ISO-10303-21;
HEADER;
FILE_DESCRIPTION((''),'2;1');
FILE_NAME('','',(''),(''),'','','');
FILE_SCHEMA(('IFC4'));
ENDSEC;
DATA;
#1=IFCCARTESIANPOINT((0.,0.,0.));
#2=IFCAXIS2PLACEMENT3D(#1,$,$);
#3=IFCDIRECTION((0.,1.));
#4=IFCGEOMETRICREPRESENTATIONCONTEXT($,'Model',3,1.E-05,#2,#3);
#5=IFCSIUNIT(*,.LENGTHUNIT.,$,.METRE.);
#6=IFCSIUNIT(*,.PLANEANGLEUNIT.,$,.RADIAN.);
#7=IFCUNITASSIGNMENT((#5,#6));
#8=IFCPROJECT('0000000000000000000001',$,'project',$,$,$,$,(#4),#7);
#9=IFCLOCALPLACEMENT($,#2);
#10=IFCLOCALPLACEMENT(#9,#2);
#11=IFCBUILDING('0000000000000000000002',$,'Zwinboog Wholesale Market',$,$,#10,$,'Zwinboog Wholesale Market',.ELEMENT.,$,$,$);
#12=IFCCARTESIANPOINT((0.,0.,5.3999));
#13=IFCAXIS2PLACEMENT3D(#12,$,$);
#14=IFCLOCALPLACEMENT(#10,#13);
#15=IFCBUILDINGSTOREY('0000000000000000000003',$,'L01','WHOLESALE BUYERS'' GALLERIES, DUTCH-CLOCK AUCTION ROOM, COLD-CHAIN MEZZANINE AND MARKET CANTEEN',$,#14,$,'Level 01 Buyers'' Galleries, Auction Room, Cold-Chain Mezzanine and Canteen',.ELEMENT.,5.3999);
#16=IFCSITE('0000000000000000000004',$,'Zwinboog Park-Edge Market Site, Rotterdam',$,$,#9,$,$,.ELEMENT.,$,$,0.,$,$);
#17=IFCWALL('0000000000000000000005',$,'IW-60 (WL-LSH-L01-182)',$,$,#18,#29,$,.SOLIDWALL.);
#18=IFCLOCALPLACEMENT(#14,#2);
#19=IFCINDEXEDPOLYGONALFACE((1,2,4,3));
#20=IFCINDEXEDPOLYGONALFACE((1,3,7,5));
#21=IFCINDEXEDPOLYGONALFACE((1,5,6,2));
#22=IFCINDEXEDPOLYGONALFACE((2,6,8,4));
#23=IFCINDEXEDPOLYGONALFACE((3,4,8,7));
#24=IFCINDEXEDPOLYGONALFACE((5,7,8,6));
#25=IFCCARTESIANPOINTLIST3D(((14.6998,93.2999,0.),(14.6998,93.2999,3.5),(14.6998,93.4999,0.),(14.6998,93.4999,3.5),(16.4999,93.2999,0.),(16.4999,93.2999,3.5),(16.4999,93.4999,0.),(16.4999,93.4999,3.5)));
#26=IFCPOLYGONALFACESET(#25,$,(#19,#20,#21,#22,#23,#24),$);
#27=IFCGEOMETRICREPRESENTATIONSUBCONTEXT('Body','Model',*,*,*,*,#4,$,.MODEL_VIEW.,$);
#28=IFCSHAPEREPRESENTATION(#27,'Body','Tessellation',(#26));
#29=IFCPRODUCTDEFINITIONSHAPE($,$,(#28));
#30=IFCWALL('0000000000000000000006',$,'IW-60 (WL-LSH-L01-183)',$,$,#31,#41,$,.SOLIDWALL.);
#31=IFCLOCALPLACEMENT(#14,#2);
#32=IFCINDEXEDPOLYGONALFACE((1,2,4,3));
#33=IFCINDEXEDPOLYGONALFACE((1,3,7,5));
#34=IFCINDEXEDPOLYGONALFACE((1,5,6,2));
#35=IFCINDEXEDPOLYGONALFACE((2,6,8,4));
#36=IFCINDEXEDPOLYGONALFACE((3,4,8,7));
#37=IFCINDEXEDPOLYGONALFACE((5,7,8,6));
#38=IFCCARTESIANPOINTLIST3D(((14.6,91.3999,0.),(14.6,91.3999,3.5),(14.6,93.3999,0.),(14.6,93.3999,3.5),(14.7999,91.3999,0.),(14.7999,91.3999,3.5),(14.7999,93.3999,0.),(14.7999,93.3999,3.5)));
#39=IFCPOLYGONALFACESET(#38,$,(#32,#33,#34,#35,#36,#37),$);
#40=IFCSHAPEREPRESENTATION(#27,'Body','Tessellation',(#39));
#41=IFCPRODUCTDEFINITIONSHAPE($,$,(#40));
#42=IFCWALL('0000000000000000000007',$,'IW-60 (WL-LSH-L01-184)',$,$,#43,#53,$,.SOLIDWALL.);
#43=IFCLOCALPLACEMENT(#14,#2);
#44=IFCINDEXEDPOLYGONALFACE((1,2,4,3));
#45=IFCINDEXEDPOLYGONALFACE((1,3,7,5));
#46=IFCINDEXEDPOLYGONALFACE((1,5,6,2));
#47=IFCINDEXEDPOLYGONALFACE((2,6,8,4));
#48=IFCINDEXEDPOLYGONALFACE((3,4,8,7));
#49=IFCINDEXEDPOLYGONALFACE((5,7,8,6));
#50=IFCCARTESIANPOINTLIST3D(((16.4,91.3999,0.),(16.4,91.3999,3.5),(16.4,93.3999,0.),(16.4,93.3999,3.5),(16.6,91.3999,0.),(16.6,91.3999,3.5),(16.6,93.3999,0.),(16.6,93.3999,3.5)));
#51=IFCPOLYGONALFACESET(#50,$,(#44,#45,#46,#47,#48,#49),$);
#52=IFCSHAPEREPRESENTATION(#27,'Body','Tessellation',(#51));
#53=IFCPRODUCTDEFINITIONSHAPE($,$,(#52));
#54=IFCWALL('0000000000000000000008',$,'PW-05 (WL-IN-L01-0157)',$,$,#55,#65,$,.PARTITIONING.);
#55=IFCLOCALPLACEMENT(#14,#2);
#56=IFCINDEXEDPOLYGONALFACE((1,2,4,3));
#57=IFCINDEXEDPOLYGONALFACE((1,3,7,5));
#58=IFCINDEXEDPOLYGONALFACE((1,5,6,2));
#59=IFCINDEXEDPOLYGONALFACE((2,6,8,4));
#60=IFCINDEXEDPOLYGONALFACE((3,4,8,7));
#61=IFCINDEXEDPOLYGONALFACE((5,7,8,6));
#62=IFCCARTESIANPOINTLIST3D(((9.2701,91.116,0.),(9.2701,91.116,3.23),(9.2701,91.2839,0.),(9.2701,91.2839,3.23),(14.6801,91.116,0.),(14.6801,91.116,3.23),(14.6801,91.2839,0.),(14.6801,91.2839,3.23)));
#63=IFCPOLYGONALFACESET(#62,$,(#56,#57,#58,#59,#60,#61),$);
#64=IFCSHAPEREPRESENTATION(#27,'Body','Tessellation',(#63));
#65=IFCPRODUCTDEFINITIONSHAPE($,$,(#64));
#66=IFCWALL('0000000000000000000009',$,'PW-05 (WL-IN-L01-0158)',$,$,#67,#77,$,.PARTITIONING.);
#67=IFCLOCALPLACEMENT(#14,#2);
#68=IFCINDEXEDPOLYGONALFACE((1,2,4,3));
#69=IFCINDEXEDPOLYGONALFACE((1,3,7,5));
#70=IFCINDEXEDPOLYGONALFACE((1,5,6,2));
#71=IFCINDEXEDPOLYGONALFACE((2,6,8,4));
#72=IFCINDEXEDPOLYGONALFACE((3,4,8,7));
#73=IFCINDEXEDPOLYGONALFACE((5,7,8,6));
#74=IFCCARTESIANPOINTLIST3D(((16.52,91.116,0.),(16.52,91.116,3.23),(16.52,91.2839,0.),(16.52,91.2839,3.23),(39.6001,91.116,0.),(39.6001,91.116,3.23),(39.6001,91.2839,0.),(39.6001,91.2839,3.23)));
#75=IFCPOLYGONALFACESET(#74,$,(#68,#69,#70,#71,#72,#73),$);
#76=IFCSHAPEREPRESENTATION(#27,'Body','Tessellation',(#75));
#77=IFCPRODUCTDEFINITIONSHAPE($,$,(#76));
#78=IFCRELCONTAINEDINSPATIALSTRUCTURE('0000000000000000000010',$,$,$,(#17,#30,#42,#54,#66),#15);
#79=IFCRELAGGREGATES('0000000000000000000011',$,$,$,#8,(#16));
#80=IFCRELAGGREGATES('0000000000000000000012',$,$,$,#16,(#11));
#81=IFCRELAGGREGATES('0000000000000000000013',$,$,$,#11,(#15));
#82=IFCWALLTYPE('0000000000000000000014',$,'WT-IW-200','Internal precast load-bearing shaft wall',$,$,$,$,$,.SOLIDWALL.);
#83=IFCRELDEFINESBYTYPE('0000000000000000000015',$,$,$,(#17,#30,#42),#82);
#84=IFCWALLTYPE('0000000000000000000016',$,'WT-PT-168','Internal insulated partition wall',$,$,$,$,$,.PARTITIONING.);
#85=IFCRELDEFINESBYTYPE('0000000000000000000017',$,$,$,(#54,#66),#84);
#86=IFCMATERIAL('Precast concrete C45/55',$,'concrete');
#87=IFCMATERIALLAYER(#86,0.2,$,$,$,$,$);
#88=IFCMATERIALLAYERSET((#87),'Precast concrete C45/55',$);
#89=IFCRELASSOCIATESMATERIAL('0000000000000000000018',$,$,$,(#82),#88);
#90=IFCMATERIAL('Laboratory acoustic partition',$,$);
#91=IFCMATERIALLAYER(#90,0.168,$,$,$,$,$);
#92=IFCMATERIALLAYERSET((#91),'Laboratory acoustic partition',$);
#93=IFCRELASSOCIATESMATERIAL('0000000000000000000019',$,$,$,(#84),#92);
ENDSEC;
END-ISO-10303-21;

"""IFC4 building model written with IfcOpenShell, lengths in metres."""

from ifc_helpers import new_model, si_unit, direction, frame, frame_2d, origin, place, context, subcontext, project, spatial, rectangle, extrude, material, layer, layer_set, type_object, element, save


model = new_model("IFC4")

# Units and contexts
model_context = context("Model", 3, precision=1e-05, world=origin(), true_north=direction((0.0, 1.0)))
body_context = subcontext(model_context, "Body", "Model", "MODEL_VIEW")
ifc_project = project(units=[si_unit("LENGTHUNIT", "METRE"), si_unit("PLANEANGLEUNIT", "RADIAN")], contexts=[model_context])

# Site, building, storey
site_placement = place(None, origin())
site = spatial("IfcSite", under=ifc_project, at=site_placement, Name="Zwinboog Park-Edge Market Site, Rotterdam", CompositionType="ELEMENT", RefElevation=0.0)
building_placement = place(site_placement, origin())
building = spatial("IfcBuilding", under=site, at=building_placement, Name="Zwinboog Wholesale Market", LongName="Zwinboog Wholesale Market", CompositionType="ELEMENT")
storey_placement = place(building_placement, frame((0.0, 0.0, 5.3999)))
storey = spatial("IfcBuildingStorey", under=building, at=storey_placement, Name="L01", Description="WHOLESALE BUYERS' GALLERIES, DUTCH-CLOCK AUCTION ROOM, COLD-CHAIN MEZZANINE AND MARKET CANTEEN", LongName="Level 01 Buyers' Galleries, Auction Room, Cold-Chain Mezzanine and Canteen", CompositionType="ELEMENT", Elevation=5.3999)

# Shared definitions
ifc_material_1 = material(Name="Precast concrete C45/55", Category="concrete")

# Shared definitions
ifc_layer_1 = layer(ifc_material_1, 0.2)
ifc_layer_set_1 = layer_set([ifc_layer_1], Name="Precast concrete C45/55")
wall_type_1 = type_object("IfcWallType", Name="WT-IW-200", Description="Internal precast load-bearing shaft wall", PredefinedType="SOLIDWALL", material=ifc_layer_set_1)

# Walls
wall_1_placement = place(storey_placement, frame((14.7, 93.3999, 0.0), z_axis=(0.0, 0.0, 1.0), x_axis=(1.0, 0.0, 0.0)))
element("IfcWall", 1, at=wall_1_placement, inside=storey, type_object=wall_type_1, Name="IW-60 (WL-LSH-L01-182)", PredefinedType="SOLIDWALL", context=body_context, shape_type="SweptSolid", body=[
    extrude(rectangle(XDim=1.8, YDim=0.2, at=frame_2d((0.8999, 0.0))), origin(), (0.0, 0.0, 1.0), 3.5),
])
for number, where, z_axis, x_axis, name in (
    (2, (14.7, 91.3999, 0.0), (0.0, 0.0, 1.0), (0.0, 1.0, 0.0), "IW-60 (WL-LSH-L01-183)"),
    (3, (16.5, 91.3999, 0.0), (0.0, 0.0, 1.0), (0.0, 1.0, 0.0), "IW-60 (WL-LSH-L01-184)"),
):
    element("IfcWall", number, at=place(storey_placement, frame(where, z_axis=z_axis, x_axis=x_axis)), inside=storey, type_object=wall_type_1, Name=name, PredefinedType="SOLIDWALL", context=body_context, shape_type="SweptSolid", body=[
        extrude(rectangle(XDim=2.0, YDim=0.2, at=frame_2d((1.0, 0.0))), origin(), (0.0, 0.0, 1.0), 3.5),
    ])
ifc_material_2 = material(Name="Laboratory acoustic partition")
ifc_layer_2 = layer(ifc_material_2, 0.168)
ifc_layer_set_2 = layer_set([ifc_layer_2], Name="Laboratory acoustic partition")
wall_type_2 = type_object("IfcWallType", Name="WT-PT-168", Description="Internal insulated partition wall", PredefinedType="PARTITIONING", material=ifc_layer_set_2)
wall_2_placement = place(storey_placement, frame((9.27, 91.2, 0.0), z_axis=(0.0, 0.0, 1.0), x_axis=(1.0, 0.0, 0.0)))
element("IfcWall", 4, at=wall_2_placement, inside=storey, type_object=wall_type_2, Name="PW-05 (WL-IN-L01-0157)", PredefinedType="PARTITIONING", context=body_context, shape_type="SweptSolid", body=[
    extrude(rectangle(XDim=5.4099, YDim=0.168, at=frame_2d((2.7051, 0.0))), origin(), (0.0, 0.0, 1.0), 3.23),
])
wall_3_placement = place(storey_placement, frame((16.52, 91.2, 0.0), z_axis=(0.0, 0.0, 1.0), x_axis=(1.0, 0.0, 0.0)))
element("IfcWall", 5, at=wall_3_placement, inside=storey, type_object=wall_type_2, Name="PW-05 (WL-IN-L01-0158)", PredefinedType="PARTITIONING", context=body_context, shape_type="SweptSolid", body=[
    extrude(rectangle(XDim=23.0801, YDim=0.168, at=frame_2d((11.54, 0.0))), origin(), (0.0, 0.0, 1.0), 3.23),
])

save(model, "model.ifc")
